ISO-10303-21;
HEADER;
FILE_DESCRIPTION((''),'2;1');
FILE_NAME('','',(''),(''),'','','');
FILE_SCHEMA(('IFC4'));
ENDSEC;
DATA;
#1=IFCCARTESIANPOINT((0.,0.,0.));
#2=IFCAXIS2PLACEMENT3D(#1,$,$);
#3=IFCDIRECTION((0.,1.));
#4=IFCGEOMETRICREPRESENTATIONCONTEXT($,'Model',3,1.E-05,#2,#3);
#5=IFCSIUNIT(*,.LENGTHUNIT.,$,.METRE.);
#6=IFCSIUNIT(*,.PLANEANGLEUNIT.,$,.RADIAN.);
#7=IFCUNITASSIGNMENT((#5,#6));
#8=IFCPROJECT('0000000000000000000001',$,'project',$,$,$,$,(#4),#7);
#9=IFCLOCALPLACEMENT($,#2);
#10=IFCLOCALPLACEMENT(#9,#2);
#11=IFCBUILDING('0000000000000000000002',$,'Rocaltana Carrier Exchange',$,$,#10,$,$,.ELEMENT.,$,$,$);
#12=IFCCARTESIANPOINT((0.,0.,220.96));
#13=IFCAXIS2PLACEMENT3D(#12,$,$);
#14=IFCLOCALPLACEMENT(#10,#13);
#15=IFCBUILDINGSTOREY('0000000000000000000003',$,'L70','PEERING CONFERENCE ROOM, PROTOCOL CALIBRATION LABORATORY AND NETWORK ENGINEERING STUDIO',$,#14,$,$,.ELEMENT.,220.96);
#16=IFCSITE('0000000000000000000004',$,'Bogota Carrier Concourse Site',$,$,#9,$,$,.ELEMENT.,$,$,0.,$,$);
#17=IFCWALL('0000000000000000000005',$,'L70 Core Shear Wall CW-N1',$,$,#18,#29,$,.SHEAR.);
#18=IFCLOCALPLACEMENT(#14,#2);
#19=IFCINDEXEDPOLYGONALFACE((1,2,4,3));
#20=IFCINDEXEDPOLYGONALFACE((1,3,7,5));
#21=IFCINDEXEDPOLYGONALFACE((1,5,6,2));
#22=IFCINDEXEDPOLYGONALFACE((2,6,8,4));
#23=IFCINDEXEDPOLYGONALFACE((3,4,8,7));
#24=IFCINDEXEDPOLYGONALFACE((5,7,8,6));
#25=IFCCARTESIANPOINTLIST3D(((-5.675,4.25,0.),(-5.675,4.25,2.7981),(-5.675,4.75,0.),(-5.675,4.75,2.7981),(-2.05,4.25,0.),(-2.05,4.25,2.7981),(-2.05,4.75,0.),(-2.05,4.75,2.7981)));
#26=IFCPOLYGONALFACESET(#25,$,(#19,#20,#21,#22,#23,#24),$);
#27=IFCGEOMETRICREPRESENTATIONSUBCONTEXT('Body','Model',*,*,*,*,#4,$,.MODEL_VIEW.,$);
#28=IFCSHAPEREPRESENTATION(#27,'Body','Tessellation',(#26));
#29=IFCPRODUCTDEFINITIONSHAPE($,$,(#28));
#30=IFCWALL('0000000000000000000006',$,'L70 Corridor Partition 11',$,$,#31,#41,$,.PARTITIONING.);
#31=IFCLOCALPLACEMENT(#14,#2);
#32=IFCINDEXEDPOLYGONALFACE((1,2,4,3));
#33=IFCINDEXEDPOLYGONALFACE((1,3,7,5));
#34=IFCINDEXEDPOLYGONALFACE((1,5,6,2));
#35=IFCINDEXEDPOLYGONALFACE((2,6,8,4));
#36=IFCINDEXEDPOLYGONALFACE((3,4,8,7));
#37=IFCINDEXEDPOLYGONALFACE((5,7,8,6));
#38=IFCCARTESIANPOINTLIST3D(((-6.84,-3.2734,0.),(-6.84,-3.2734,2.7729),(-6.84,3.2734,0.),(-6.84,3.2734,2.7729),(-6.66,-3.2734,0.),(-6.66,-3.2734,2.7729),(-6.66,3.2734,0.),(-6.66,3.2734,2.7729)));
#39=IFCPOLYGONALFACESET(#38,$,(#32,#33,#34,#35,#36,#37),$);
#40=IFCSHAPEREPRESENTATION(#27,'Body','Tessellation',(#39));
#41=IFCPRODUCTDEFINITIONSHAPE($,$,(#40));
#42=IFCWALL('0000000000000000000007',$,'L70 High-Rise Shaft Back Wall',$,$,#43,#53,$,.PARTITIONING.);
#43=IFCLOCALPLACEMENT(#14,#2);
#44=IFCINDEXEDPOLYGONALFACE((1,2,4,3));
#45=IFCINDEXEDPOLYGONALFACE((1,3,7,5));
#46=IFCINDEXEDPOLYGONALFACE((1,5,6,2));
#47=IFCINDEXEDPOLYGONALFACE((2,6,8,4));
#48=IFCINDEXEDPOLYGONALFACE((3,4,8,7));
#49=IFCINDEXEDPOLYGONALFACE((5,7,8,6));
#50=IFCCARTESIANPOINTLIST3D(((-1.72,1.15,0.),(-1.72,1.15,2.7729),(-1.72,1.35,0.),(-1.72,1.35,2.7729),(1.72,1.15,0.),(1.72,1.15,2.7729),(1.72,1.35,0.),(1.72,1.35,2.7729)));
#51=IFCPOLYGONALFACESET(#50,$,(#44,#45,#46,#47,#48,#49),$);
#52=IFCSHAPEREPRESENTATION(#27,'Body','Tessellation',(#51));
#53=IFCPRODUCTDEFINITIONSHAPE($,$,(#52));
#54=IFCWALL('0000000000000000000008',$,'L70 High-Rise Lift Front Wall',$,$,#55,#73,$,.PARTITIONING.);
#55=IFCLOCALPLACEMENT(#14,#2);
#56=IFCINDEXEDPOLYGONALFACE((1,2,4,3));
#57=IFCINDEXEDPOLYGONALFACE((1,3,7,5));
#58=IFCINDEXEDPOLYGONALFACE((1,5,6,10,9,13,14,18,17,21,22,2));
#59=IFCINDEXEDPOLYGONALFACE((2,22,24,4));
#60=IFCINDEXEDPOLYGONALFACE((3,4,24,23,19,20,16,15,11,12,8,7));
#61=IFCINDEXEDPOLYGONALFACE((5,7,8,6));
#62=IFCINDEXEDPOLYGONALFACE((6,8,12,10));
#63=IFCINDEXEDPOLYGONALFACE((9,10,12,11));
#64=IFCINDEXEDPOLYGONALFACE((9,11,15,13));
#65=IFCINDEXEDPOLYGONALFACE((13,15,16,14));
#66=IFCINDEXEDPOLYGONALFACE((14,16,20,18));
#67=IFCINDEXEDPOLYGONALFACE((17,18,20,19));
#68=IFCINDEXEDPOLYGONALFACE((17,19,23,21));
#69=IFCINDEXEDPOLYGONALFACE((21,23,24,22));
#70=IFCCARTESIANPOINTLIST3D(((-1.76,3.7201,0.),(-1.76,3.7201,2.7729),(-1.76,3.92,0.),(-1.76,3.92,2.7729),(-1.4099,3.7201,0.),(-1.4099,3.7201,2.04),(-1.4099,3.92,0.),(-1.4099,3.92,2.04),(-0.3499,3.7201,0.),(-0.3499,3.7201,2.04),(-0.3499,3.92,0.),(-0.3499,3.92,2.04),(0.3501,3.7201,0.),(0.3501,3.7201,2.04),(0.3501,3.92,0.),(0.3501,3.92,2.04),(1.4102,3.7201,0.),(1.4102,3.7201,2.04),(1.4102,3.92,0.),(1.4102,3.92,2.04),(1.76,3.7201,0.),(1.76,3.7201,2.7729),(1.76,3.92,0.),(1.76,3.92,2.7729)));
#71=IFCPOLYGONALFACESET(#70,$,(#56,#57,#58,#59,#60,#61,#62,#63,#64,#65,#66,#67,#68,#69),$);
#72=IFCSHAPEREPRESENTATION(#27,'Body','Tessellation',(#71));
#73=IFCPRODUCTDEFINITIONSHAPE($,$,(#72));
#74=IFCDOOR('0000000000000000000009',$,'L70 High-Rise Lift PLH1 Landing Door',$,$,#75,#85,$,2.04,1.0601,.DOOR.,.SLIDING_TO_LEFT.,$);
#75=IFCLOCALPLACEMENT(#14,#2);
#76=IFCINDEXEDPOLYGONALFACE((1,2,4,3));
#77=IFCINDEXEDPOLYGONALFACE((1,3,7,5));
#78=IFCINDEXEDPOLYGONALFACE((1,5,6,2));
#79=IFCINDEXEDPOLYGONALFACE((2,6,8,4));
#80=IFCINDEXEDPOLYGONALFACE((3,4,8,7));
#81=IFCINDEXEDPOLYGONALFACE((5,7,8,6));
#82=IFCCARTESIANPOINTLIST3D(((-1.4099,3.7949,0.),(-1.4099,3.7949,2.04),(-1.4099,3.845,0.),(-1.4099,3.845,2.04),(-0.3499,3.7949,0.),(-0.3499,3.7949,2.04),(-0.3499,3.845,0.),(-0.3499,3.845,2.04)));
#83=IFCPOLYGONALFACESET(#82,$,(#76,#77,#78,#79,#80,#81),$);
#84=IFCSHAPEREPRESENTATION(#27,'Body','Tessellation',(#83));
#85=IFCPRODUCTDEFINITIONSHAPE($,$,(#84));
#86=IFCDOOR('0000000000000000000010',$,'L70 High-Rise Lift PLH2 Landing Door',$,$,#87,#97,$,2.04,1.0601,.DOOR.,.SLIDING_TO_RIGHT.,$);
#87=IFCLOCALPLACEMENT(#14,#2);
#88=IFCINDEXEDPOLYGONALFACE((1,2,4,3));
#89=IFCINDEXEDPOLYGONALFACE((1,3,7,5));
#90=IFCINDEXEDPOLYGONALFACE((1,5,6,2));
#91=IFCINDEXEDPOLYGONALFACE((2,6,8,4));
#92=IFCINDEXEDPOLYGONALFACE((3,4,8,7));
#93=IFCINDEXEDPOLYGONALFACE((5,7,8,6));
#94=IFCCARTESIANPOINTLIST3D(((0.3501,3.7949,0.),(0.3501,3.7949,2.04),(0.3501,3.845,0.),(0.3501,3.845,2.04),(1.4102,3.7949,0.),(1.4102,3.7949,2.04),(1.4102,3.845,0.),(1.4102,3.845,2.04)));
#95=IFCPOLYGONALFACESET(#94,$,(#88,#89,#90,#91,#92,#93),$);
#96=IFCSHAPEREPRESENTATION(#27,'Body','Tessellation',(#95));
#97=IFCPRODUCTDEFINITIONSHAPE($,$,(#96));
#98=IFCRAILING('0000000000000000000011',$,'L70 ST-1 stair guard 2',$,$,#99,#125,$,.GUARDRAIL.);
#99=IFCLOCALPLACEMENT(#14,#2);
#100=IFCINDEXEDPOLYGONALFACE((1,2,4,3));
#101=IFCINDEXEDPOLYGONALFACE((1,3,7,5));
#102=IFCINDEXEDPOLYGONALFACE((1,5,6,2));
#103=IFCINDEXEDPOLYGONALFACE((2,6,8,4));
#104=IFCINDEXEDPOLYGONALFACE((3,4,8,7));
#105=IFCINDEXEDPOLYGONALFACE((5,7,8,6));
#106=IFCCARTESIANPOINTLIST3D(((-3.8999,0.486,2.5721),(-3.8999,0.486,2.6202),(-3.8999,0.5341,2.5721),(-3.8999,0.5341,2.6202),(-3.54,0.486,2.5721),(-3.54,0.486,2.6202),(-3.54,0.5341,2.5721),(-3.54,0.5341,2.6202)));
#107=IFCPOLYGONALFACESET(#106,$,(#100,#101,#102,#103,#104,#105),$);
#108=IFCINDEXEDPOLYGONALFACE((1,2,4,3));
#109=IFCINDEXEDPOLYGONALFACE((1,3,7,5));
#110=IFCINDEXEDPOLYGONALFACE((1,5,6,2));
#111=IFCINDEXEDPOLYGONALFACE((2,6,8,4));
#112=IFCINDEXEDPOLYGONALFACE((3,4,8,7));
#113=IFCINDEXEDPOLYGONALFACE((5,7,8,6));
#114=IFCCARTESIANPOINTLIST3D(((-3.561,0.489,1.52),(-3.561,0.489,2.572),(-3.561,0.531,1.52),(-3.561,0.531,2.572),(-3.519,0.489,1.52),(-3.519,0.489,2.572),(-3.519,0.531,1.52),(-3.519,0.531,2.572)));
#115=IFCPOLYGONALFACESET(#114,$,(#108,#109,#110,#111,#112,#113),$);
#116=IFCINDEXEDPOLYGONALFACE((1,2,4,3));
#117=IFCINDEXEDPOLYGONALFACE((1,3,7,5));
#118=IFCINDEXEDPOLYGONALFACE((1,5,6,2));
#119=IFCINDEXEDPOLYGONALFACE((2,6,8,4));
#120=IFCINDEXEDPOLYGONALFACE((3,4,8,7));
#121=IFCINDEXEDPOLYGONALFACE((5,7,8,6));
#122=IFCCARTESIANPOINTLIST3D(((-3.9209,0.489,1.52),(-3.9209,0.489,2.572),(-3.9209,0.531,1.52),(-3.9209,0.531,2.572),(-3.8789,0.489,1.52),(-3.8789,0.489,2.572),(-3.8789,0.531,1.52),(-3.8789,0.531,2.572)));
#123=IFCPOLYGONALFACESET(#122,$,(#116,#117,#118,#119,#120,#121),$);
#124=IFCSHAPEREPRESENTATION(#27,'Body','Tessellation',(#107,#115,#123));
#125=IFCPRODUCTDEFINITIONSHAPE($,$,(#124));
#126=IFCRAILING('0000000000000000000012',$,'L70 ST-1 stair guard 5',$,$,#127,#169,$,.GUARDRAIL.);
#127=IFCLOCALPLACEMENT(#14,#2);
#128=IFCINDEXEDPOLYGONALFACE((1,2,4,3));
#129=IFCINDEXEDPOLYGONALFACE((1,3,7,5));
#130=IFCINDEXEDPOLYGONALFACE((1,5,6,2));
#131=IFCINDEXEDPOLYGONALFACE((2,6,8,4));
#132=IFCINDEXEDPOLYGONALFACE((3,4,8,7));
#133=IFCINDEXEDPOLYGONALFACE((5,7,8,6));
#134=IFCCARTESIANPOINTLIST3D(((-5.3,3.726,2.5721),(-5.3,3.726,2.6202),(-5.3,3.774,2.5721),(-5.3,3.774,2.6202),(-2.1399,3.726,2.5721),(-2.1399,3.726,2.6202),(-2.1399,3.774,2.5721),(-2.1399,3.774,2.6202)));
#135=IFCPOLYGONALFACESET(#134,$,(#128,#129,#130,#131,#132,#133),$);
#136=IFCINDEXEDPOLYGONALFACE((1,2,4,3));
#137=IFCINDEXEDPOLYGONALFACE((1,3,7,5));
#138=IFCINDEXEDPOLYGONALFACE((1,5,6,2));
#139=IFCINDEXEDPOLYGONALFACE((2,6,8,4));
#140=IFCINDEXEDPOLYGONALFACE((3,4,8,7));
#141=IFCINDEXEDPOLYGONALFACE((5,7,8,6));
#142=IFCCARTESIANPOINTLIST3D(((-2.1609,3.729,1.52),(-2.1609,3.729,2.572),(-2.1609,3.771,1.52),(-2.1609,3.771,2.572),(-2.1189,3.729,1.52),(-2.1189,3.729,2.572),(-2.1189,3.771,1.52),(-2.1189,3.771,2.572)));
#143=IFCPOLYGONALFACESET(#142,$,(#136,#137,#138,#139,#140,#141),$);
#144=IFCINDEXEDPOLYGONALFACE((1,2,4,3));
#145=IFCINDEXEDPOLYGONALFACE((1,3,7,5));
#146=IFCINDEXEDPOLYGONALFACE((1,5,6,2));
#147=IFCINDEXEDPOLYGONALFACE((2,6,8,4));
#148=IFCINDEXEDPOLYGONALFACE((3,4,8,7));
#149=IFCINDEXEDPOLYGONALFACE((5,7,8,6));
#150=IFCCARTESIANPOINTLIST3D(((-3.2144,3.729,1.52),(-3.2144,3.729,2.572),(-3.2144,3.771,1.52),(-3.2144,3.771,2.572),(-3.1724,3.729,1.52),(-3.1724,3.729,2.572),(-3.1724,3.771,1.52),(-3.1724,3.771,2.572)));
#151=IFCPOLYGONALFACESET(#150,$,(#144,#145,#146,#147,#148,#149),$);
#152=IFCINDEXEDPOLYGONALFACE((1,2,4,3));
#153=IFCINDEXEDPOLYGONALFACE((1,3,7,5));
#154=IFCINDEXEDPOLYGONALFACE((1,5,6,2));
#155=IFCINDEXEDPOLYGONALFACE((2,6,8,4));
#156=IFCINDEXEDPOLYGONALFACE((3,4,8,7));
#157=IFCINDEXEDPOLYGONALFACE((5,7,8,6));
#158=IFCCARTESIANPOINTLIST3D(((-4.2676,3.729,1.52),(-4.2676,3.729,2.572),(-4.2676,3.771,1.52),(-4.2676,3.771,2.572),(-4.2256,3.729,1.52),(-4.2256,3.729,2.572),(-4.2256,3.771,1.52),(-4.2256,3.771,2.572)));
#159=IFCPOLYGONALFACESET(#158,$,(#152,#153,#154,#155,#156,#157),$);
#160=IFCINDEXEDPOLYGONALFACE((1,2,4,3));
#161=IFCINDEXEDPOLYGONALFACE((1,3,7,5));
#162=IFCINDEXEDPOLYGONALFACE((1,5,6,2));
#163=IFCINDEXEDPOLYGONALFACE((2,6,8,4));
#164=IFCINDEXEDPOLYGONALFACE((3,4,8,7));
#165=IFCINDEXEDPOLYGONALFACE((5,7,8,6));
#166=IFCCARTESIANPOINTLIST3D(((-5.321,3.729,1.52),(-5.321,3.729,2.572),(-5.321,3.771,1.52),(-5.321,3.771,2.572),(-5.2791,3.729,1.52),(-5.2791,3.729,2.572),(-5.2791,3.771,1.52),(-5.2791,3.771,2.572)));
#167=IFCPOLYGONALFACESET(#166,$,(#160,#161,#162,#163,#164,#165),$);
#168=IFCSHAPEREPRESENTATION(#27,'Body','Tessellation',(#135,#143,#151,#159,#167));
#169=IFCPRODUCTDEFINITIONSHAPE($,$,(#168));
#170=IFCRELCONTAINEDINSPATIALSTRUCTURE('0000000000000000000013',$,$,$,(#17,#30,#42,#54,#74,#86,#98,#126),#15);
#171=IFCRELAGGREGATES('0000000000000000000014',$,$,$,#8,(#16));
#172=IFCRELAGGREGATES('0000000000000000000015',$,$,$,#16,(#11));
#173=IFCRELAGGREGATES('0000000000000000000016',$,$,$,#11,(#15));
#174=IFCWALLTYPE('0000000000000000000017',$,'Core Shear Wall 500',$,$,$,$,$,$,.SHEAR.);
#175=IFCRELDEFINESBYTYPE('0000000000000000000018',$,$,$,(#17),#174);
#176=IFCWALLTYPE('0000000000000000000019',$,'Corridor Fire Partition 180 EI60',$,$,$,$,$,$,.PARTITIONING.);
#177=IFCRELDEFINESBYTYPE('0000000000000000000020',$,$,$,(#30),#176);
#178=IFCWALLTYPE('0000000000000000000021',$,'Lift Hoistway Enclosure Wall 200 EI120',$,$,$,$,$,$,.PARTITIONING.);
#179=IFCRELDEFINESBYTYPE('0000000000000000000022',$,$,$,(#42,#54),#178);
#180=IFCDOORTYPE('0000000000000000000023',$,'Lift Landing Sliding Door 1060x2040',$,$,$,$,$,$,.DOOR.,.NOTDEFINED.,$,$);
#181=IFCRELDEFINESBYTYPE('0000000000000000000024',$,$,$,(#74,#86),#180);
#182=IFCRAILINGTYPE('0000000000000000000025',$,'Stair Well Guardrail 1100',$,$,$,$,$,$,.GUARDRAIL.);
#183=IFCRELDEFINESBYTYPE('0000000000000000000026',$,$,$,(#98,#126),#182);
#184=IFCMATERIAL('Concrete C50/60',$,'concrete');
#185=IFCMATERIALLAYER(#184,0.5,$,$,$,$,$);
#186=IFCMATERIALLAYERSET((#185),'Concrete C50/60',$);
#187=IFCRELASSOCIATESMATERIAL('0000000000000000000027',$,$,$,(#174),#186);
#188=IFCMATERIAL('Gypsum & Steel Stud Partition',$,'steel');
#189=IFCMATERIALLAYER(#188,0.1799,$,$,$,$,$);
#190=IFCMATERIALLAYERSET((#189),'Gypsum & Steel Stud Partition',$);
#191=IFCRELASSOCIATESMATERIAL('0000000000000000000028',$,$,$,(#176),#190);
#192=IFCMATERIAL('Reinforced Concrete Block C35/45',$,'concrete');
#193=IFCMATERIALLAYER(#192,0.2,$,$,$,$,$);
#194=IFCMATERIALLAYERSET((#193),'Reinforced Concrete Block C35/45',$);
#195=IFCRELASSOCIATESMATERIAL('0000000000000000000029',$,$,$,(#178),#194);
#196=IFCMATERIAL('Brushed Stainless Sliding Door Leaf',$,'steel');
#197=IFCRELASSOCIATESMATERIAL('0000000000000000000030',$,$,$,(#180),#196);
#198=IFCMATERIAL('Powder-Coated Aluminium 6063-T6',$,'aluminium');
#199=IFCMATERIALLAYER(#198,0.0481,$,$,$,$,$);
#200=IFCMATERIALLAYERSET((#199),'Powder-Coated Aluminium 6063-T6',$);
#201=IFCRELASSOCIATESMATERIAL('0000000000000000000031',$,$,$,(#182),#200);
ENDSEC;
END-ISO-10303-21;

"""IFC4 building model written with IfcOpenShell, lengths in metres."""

from ifc_helpers import new_model, si_unit, direction, frame, frame_2d, origin, origin_2d, place, context, subcontext, project, spatial, rectangle, extrude, material, layer, layer_set, type_object, element, fill, save


model = new_model("IFC4")

# Units and contexts
model_context = context("Model", 3, precision=1e-05, world=origin(), true_north=direction((0.0, 1.0)))
body_context = subcontext(model_context, "Body", "Model", "MODEL_VIEW")
ifc_project = project(units=[si_unit("LENGTHUNIT", "METRE"), si_unit("PLANEANGLEUNIT", "RADIAN")], contexts=[model_context])

# Site, building, storey
site_placement = place(None, origin())
site = spatial("IfcSite", under=ifc_project, at=site_placement, Name="Bogota Carrier Concourse Site", CompositionType="ELEMENT", RefElevation=0.0)
building_placement = place(site_placement, origin())
building = spatial("IfcBuilding", under=site, at=building_placement, Name="Rocaltana Carrier Exchange", CompositionType="ELEMENT")
storey_placement = place(building_placement, frame((0.0, 0.0, 220.96)))
storey = spatial("IfcBuildingStorey", under=building, at=storey_placement, Name="L70", Description="PEERING CONFERENCE ROOM, PROTOCOL CALIBRATION LABORATORY AND NETWORK ENGINEERING STUDIO", CompositionType="ELEMENT", Elevation=220.96)

# Walls
ifc_material_1 = material(Name="Concrete C50/60", Category="concrete")
ifc_layer_1 = layer(ifc_material_1, 0.5)
ifc_layer_set_1 = layer_set([ifc_layer_1], Name="Concrete C50/60")
wall_type_1 = type_object("IfcWallType", Name="Core Shear Wall 500", PredefinedType="SHEAR", material=ifc_layer_set_1)
wall_1_placement = place(storey_placement, frame((-5.675, 4.5, 0.0), z_axis=(0.0, 0.0, 1.0), x_axis=(1.0, 0.0, 0.0)))
element("IfcWall", 1, at=wall_1_placement, inside=storey, type_object=wall_type_1, Name="L70 Core Shear Wall CW-N1", PredefinedType="SHEAR", context=body_context, shape_type="SweptSolid", body=[
    extrude(rectangle(XDim=3.625, YDim=0.5, at=frame_2d((1.8125, 0.0))), origin(), (0.0, 0.0, 1.0), 2.7981),
])
ifc_material_2 = material(Name="Gypsum & Steel Stud Partition", Category="steel")
ifc_layer_2 = layer(ifc_material_2, 0.1799)
ifc_layer_set_2 = layer_set([ifc_layer_2], Name="Gypsum & Steel Stud Partition")
wall_type_2 = type_object("IfcWallType", Name="Corridor Fire Partition 180 EI60", PredefinedType="PARTITIONING", material=ifc_layer_set_2)
wall_2_placement = place(storey_placement, frame((-6.75, 3.2734, 0.0), z_axis=(0.0, 0.0, 1.0), x_axis=(0.0, -1.0, 0.0)))
element("IfcWall", 2, at=wall_2_placement, inside=storey, type_object=wall_type_2, Name="L70 Corridor Partition 11", PredefinedType="PARTITIONING", context=body_context, shape_type="SweptSolid", body=[
    extrude(rectangle(XDim=6.5469, YDim=0.1799, at=frame_2d((3.2734, 0.0))), origin(), (0.0, 0.0, 1.0), 2.7729),
])
ifc_material_3 = material(Name="Reinforced Concrete Block C35/45", Category="concrete")
ifc_layer_3 = layer(ifc_material_3, 0.2)
ifc_layer_set_3 = layer_set([ifc_layer_3], Name="Reinforced Concrete Block C35/45")
wall_type_3 = type_object("IfcWallType", Name="Lift Hoistway Enclosure Wall 200 EI120", PredefinedType="PARTITIONING", material=ifc_layer_set_3)
wall_3_placement = place(storey_placement, frame((-1.72, 1.25, 0.0), z_axis=(0.0, 0.0, 1.0), x_axis=(1.0, 0.0, 0.0)))
element("IfcWall", 3, at=wall_3_placement, inside=storey, type_object=wall_type_3, Name="L70 High-Rise Shaft Back Wall", PredefinedType="PARTITIONING", context=body_context, shape_type="SweptSolid", body=[
    extrude(rectangle(XDim=3.4399, YDim=0.2, at=frame_2d((1.72, 0.0))), origin(), (0.0, 0.0, 1.0), 2.7729),
])

# Wall, openings, doors
wall_4_placement = place(storey_placement, frame((-1.76, 3.8201, 0.0), z_axis=(0.0, 0.0, 1.0), x_axis=(1.0, 0.0, 0.0)))
wall_4 = element("IfcWall", 4, at=wall_4_placement, inside=storey, type_object=wall_type_3, Name="L70 High-Rise Lift Front Wall", PredefinedType="PARTITIONING", context=body_context, shape_type="SweptSolid", body=[
    extrude(rectangle(XDim=3.52, YDim=0.2, at=frame_2d((1.76, 0.0))), origin(), (0.0, 0.0, 1.0), 2.7729),
])
opening_1_placement = place(wall_4_placement, frame((0.3501, 0.0, 0.0)))
opening_1 = element("IfcOpeningElement", 5, at=opening_1_placement, cuts=wall_4, PredefinedType="OPENING", context=body_context, shape_type="SweptSolid", body=[
    extrude(rectangle(XDim=1.0601, YDim=2.04, at=frame_2d((0.53, 1.02))), frame((0.0, 0.1099, 0.0), z_axis=(0.0, -1.0, 0.0), x_axis=(1.0, 0.0, 0.0)), (0.0, 0.0, 1.0), 0.22),
])
opening_2_placement = place(wall_4_placement, frame((2.1101, 0.0, 0.0)))
opening_2 = element("IfcOpeningElement", 6, at=opening_2_placement, cuts=wall_4, PredefinedType="OPENING", context=body_context, shape_type="SweptSolid", body=[
    extrude(rectangle(XDim=1.0601, YDim=2.04, at=frame_2d((0.53, 1.02))), frame((0.0, 0.1099, 0.0), z_axis=(0.0, -1.0, 0.0), x_axis=(1.0, 0.0, 0.0)), (0.0, 0.0, 1.0), 0.22),
])
ifc_material_4 = material(Name="Brushed Stainless Sliding Door Leaf", Category="steel")
door_type = type_object("IfcDoorType", Name="Lift Landing Sliding Door 1060x2040", OperationType="NOTDEFINED", PredefinedType="DOOR", material=ifc_material_4)
door_1_placement = place(opening_1_placement, origin())
door_1 = element("IfcDoor", 7, at=door_1_placement, inside=storey, type_object=door_type, Name="L70 High-Rise Lift PLH1 Landing Door", OperationType="SLIDING_TO_LEFT", OverallHeight=2.04, OverallWidth=1.0601, PredefinedType="DOOR", context=body_context, shape_type="SweptSolid", body=[
    extrude(rectangle(XDim=1.0601, YDim=2.04, at=frame_2d((0.53, 1.02))), frame((0.0, 0.0249, 0.0), z_axis=(0.0, -1.0, 0.0), x_axis=(1.0, 0.0, 0.0)), (0.0, 0.0, 1.0), 0.05),
])
fill(opening_1, door_1)
door_2_placement = place(opening_2_placement, origin())
door_2 = element("IfcDoor", 8, at=door_2_placement, inside=storey, type_object=door_type, Name="L70 High-Rise Lift PLH2 Landing Door", OperationType="SLIDING_TO_RIGHT", OverallHeight=2.04, OverallWidth=1.0601, PredefinedType="DOOR", context=body_context, shape_type="SweptSolid", body=[
    extrude(rectangle(XDim=1.0601, YDim=2.04, at=frame_2d((0.53, 1.02))), frame((0.0, 0.0249, 0.0), z_axis=(0.0, -1.0, 0.0), x_axis=(1.0, 0.0, 0.0)), (0.0, 0.0, 1.0), 0.05),
])
fill(opening_2, door_2)

# Railings
ifc_material_5 = material(Name="Powder-Coated Aluminium 6063-T6", Category="aluminium")
ifc_layer_4 = layer(ifc_material_5, 0.0481)
ifc_layer_set_4 = layer_set([ifc_layer_4], Name="Powder-Coated Aluminium 6063-T6")
railing_type = type_object("IfcRailingType", Name="Stair Well Guardrail 1100", PredefinedType="GUARDRAIL", material=ifc_layer_set_4)
railing_1_placement = place(storey_placement, frame((-3.54, 0.51, 1.52)))
element("IfcRailing", 9, at=railing_1_placement, inside=storey, type_object=railing_type, Name="L70 ST-1 stair guard 2", PredefinedType="GUARDRAIL", context=body_context, shape_type="SweptSolid", body=[
    extrude(rectangle(XDim=0.0481, YDim=0.0481, at=origin_2d()), frame((0.0, 0.0, 1.0762), z_axis=(-1.0, 0.0, 0.0), x_axis=(0.0, -1.0, 0.0)), (0.0, 0.0, 1.0), 0.3599),
    extrude(rectangle(XDim=0.042, YDim=0.042, at=origin_2d()), origin(), (0.0, 0.0, 1.0), 1.052),
    extrude(rectangle(XDim=0.042, YDim=0.042, at=origin_2d()), frame((-0.3599, 0.0, 0.0)), (0.0, 0.0, 1.0), 1.052),
])
railing_2_placement = place(storey_placement, frame((-2.1399, 3.75, 1.52)))
element("IfcRailing", 10, at=railing_2_placement, inside=storey, type_object=railing_type, Name="L70 ST-1 stair guard 5", PredefinedType="GUARDRAIL", context=body_context, shape_type="SweptSolid", body=[
    extrude(rectangle(XDim=0.0481, YDim=0.0481, at=origin_2d()), frame((0.0, 0.0, 1.0762), z_axis=(-1.0, 0.0, 0.0), x_axis=(0.0, -1.0, 0.0)), (0.0, 0.0, 1.0), 3.1602),
    extrude(rectangle(XDim=0.042, YDim=0.042, at=origin_2d()), origin(), (0.0, 0.0, 1.0), 1.052),
    extrude(rectangle(XDim=0.042, YDim=0.042, at=origin_2d()), frame((-1.0535, 0.0, 0.0)), (0.0, 0.0, 1.0), 1.052),
    extrude(rectangle(XDim=0.042, YDim=0.042, at=origin_2d()), frame((-2.1067, 0.0, 0.0)), (0.0, 0.0, 1.0), 1.052),
    extrude(rectangle(XDim=0.042, YDim=0.042, at=origin_2d()), frame((-3.1602, 0.0, 0.0)), (0.0, 0.0, 1.0), 1.052),
])

save(model, "model.ifc")
